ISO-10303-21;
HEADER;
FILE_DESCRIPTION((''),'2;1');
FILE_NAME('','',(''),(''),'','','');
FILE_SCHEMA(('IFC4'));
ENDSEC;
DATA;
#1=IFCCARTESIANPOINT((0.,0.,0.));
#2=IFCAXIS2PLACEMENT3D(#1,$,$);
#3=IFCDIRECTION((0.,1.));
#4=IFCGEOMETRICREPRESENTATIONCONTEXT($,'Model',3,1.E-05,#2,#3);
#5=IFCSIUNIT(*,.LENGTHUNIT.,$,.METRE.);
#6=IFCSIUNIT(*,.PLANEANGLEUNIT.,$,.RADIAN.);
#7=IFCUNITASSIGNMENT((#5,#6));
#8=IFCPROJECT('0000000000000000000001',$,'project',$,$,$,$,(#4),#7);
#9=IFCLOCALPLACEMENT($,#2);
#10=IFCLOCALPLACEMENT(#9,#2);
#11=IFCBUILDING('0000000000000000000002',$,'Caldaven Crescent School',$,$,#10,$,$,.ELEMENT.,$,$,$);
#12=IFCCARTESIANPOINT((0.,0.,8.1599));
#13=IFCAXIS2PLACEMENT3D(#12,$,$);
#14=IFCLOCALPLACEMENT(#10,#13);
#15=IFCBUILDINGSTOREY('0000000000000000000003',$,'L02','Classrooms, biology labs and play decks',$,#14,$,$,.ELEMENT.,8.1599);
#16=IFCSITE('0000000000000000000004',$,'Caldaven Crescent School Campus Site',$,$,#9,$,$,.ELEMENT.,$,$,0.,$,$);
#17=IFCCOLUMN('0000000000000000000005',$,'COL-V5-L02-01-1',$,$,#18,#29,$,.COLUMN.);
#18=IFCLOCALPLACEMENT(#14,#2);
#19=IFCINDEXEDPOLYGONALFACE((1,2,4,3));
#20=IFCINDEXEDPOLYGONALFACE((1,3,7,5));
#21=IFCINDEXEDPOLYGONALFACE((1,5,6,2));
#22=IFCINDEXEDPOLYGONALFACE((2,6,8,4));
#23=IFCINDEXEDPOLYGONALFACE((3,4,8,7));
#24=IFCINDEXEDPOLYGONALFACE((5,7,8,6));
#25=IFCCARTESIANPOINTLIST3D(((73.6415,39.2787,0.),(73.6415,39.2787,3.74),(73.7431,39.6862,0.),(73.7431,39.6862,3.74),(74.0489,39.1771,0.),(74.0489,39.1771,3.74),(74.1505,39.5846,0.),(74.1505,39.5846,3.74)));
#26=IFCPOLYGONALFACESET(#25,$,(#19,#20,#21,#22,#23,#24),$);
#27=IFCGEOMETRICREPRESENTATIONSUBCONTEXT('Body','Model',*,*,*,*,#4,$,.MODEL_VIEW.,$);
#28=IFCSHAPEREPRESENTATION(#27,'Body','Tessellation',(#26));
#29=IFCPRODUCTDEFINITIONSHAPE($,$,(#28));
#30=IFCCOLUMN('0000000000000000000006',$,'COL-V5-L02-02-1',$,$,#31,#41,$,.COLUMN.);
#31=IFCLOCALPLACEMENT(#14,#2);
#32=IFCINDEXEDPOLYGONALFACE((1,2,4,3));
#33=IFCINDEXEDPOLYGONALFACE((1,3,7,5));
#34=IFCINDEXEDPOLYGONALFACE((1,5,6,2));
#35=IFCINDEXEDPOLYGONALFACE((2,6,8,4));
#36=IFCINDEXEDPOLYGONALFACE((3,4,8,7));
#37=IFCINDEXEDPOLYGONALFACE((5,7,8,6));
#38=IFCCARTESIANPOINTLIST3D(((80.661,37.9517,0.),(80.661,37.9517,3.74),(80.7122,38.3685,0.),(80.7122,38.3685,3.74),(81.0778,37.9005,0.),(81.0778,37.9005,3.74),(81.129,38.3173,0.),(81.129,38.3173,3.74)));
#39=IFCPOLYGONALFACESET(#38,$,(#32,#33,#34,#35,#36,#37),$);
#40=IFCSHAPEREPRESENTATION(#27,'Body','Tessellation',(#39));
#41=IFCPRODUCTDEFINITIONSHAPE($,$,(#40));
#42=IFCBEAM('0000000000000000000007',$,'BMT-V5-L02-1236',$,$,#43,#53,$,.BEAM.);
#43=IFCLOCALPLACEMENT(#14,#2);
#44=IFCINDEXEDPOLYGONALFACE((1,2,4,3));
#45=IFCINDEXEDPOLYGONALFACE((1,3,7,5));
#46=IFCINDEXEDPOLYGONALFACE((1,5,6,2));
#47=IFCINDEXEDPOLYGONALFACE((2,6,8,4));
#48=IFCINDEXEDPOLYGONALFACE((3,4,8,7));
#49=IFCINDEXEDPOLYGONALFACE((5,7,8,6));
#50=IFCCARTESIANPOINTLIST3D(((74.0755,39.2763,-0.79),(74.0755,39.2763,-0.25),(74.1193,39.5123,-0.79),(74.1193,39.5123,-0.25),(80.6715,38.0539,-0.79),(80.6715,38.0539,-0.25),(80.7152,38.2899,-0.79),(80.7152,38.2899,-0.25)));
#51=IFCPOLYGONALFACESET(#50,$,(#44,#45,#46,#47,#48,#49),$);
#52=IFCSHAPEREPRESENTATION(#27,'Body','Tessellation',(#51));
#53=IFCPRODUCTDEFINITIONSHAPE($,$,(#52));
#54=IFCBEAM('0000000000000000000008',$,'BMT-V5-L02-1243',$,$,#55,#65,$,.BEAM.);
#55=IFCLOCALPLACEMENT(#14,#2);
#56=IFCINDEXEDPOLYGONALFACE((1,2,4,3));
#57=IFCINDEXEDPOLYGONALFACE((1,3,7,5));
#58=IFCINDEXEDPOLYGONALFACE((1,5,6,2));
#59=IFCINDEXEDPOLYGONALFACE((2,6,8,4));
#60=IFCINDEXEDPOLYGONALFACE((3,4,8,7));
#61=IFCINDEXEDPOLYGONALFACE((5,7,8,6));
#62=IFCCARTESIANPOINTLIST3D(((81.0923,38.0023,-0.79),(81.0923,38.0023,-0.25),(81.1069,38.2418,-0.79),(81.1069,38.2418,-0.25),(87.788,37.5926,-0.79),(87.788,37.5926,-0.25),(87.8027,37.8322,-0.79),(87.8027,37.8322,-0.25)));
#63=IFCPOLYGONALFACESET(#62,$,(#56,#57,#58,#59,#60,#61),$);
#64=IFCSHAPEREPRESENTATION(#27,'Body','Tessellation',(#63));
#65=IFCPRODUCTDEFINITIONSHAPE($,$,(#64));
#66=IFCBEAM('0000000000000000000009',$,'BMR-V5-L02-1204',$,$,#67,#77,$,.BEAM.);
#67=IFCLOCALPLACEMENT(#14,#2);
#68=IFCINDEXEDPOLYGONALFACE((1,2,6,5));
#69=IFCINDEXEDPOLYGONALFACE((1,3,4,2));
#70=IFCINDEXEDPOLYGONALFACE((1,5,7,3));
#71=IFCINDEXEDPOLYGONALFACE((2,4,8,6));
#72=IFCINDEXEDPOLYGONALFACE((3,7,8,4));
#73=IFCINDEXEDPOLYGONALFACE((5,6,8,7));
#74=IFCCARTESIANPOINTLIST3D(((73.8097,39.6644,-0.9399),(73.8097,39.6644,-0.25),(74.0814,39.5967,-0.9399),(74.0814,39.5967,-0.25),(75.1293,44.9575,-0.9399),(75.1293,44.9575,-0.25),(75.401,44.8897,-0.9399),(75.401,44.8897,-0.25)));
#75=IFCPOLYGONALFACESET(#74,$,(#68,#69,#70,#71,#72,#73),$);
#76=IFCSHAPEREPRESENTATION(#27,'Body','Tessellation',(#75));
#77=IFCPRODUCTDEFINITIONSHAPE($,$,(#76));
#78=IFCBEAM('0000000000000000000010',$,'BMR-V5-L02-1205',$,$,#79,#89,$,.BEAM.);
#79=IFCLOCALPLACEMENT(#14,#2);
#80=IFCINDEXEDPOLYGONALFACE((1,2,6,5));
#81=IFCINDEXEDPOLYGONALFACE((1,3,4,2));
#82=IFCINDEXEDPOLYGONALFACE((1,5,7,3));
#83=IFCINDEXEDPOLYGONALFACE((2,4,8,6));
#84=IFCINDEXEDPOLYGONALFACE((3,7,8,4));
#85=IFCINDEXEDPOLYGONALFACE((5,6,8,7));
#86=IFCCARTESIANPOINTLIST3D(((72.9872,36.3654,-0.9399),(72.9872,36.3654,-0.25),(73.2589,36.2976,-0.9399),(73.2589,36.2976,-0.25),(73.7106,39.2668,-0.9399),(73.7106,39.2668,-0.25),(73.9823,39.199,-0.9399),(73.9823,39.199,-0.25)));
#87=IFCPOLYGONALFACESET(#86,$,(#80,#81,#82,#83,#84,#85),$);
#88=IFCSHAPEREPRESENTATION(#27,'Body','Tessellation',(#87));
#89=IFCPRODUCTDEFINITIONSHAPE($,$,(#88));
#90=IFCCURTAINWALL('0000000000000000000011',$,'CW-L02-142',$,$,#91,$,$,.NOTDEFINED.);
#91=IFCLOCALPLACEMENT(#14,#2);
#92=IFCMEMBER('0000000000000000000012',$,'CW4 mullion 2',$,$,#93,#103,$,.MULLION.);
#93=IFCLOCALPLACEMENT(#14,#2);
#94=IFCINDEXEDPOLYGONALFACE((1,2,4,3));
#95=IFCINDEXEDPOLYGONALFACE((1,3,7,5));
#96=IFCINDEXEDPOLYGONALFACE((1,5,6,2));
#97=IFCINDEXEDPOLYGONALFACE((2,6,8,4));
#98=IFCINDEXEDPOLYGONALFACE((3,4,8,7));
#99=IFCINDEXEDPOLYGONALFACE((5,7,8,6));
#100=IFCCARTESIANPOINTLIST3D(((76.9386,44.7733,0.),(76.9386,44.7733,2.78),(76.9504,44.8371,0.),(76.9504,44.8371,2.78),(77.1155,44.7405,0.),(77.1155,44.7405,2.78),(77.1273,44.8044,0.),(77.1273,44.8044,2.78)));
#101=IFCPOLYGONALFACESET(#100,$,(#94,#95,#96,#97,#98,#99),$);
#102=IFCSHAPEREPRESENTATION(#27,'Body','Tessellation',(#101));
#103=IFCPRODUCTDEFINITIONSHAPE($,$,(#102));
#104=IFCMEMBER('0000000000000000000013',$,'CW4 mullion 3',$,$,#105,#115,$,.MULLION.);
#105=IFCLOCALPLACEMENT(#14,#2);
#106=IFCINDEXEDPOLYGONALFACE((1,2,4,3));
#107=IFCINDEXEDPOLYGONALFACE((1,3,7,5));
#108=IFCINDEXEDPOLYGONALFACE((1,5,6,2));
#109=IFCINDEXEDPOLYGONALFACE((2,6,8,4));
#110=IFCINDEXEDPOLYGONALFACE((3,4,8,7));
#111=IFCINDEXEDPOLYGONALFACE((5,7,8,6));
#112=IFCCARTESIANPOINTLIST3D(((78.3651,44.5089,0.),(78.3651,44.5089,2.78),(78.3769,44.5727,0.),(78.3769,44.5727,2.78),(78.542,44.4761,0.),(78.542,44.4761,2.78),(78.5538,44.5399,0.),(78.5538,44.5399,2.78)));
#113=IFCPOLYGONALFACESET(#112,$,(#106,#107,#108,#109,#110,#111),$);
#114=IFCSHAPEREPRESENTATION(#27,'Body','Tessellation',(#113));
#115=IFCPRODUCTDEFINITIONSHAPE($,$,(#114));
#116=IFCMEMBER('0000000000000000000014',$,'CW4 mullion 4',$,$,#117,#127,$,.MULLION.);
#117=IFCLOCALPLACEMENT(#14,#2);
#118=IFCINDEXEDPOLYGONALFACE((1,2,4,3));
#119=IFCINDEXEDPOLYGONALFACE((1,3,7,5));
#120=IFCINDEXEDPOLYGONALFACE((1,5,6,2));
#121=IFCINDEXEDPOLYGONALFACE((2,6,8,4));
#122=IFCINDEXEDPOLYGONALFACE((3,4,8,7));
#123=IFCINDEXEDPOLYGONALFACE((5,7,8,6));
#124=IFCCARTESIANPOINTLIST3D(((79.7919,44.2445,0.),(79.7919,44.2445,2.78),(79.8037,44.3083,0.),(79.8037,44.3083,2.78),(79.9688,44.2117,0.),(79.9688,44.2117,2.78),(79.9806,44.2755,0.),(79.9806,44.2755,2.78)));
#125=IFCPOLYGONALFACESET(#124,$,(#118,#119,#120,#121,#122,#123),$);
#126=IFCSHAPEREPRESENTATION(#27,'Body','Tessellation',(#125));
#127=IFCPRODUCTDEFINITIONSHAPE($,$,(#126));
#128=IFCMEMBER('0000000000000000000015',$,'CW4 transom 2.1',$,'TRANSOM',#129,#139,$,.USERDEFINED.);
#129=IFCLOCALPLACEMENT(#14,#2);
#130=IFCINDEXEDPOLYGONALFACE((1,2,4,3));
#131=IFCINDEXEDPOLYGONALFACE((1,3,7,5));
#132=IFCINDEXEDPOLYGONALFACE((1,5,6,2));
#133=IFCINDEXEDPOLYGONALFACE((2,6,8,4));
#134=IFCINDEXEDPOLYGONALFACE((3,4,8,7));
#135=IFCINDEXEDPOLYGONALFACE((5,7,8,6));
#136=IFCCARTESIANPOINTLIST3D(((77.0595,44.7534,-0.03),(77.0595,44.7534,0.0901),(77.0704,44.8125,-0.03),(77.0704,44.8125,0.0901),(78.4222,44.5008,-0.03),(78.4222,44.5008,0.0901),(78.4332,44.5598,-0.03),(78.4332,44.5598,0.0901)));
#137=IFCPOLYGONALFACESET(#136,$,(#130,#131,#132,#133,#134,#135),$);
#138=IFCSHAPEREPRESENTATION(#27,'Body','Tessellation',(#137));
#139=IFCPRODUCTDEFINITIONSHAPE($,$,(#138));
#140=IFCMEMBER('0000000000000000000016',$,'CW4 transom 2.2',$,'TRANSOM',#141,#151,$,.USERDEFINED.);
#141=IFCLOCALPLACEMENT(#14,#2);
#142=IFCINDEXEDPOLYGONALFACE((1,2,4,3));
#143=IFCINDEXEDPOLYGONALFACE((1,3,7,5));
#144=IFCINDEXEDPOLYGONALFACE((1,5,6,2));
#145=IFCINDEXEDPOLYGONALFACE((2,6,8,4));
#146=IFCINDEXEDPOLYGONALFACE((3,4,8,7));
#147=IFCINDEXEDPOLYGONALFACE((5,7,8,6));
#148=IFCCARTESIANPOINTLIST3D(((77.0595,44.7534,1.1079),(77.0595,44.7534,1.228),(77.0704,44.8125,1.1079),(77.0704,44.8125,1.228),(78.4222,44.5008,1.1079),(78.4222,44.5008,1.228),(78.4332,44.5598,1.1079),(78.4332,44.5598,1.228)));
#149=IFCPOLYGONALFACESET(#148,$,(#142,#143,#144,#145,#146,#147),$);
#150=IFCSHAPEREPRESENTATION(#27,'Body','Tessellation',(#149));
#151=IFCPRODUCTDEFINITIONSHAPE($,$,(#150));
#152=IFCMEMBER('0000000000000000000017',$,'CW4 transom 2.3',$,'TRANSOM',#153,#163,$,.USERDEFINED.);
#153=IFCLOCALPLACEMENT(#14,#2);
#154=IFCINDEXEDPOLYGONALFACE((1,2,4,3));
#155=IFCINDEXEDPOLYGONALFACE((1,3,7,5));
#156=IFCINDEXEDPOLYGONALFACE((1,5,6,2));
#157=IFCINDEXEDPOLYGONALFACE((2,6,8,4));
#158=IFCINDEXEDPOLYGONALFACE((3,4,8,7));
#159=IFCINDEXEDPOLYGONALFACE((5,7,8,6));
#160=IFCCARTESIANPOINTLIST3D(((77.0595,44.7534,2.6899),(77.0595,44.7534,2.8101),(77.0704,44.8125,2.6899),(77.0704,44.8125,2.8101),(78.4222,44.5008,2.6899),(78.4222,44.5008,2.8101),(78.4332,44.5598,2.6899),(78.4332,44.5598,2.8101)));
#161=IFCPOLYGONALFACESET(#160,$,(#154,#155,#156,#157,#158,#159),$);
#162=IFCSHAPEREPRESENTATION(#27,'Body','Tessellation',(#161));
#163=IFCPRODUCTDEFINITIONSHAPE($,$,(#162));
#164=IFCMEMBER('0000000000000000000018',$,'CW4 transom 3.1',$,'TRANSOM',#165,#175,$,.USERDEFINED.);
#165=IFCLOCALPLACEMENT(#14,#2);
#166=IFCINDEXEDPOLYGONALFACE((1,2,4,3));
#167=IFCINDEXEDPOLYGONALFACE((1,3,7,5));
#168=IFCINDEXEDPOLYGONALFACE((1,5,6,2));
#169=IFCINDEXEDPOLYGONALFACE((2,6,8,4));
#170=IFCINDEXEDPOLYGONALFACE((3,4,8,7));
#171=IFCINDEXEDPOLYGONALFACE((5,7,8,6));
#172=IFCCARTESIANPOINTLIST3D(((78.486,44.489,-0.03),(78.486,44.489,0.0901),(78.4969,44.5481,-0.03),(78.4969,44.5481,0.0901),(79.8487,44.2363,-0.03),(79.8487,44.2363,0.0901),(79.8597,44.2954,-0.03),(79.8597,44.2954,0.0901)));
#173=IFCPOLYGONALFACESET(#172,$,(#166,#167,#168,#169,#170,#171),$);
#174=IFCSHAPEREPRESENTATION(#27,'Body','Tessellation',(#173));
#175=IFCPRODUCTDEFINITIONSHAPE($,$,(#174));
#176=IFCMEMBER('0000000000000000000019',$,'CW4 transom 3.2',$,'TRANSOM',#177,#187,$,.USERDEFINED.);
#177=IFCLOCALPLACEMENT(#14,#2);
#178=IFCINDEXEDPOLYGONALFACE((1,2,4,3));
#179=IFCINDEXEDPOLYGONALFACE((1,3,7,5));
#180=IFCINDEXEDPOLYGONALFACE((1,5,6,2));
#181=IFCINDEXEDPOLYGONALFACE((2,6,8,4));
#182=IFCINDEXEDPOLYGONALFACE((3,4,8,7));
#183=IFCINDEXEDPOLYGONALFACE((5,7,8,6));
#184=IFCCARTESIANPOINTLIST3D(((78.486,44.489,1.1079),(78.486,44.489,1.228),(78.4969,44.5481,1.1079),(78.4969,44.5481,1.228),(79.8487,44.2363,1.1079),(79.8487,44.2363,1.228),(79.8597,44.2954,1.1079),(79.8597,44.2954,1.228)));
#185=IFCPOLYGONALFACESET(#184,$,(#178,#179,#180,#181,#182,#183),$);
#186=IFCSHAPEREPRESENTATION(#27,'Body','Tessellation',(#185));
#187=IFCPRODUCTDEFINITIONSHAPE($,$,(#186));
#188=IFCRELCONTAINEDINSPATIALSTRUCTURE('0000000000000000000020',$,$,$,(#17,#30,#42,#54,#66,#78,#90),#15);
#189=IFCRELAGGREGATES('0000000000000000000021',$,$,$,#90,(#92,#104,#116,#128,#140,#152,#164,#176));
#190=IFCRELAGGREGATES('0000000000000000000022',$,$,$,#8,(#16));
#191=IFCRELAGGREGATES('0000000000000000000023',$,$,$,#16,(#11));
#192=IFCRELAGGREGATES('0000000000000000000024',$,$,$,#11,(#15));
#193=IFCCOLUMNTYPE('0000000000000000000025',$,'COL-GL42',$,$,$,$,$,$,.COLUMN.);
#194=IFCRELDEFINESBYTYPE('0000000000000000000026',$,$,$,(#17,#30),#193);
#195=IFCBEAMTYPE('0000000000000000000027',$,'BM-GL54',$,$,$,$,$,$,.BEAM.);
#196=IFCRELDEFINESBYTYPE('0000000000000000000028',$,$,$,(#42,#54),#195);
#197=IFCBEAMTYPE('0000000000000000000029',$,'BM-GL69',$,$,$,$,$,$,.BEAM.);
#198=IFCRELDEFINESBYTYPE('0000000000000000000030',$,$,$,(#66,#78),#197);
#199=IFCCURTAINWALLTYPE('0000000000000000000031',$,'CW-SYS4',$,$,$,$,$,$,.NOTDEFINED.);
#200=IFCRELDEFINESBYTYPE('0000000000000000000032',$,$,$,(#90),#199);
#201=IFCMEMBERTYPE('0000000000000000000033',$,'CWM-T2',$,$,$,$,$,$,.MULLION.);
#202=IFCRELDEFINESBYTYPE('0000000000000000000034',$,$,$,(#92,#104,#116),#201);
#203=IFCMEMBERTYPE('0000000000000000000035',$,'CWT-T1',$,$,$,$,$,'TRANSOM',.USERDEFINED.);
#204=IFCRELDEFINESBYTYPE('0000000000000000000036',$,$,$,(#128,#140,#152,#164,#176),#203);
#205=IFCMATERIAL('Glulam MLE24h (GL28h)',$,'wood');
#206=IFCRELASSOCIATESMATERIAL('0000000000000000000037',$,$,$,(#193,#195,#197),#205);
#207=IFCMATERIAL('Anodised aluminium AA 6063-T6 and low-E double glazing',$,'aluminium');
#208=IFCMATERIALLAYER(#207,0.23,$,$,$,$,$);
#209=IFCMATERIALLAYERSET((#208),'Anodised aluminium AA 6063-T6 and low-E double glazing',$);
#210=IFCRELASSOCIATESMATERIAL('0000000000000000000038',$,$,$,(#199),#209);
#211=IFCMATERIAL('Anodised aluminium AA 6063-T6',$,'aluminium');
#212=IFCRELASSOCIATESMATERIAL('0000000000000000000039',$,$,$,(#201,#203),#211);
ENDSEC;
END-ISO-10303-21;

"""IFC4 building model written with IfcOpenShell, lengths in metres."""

from ifc_helpers import new_model, si_unit, direction, frame, origin, origin_2d, place, context, subcontext, project, spatial, rectangle, extrude, material, layer, layer_set, material_profile, profile_set, type_object, element, aggregate, save


model = new_model("IFC4")

# Units and contexts
model_context = context("Model", 3, precision=1e-05, world=origin(), true_north=direction((0.0, 1.0)))
body_context = subcontext(model_context, "Body", "Model", "MODEL_VIEW")
ifc_project = project(units=[si_unit("LENGTHUNIT", "METRE"), si_unit("PLANEANGLEUNIT", "RADIAN")], contexts=[model_context])

# Site, building, storey
site_placement = place(None, origin())
site = spatial("IfcSite", under=ifc_project, at=site_placement, Name="Caldaven Crescent School Campus Site", CompositionType="ELEMENT", RefElevation=0.0)
building_placement = place(site_placement, origin())
building = spatial("IfcBuilding", under=site, at=building_placement, Name="Caldaven Crescent School", CompositionType="ELEMENT")
storey_placement = place(building_placement, frame((0.0, 0.0, 8.1599)))
storey = spatial("IfcBuildingStorey", under=building, at=storey_placement, Name="L02", Description="Classrooms, biology labs and play decks", CompositionType="ELEMENT", Elevation=8.1599)

# Columns
ifc_material_1 = material(Name="Glulam MLE24h (GL28h)", Category="wood")
ifc_material_profile_1 = material_profile(ifc_material_1, rectangle(XDim=0.4199, YDim=0.4199, at=origin_2d()), Name="MLE 420x420")
ifc_profile_set_1 = profile_set([ifc_material_profile_1], Name="Glulam MLE24h (GL28h)")
column_type = type_object("IfcColumnType", Name="COL-GL42", PredefinedType="COLUMN", material=ifc_profile_set_1)
for number, where, z_axis, x_axis, name in (
    (1, (73.896, 39.4316, 0.0), (0.0, 0.0, 1.0), (-0.241922, -0.970296, 0.0), "COL-V5-L02-01-1"),
    (2, (80.895, 38.1345, 0.0), (0.0, 0.0, 1.0), (-0.121869, -0.992546, 0.0), "COL-V5-L02-02-1"),
):
    element("IfcColumn", number, at=place(storey_placement, frame(where, z_axis=z_axis, x_axis=x_axis)), inside=storey, type_object=column_type, Name=name, PredefinedType="COLUMN", context=body_context, shape_type="SweptSolid", body=[
        extrude(rectangle(XDim=0.4199, YDim=0.4199, at=origin_2d()), origin(), (0.0, 0.0, 1.0), 3.74),
    ])

# Beams
ifc_material_profile_2 = material_profile(ifc_material_1, rectangle(XDim=0.24, YDim=0.54, at=origin_2d()), Name="MLE 240x540")
ifc_profile_set_2 = profile_set([ifc_material_profile_2], Name="Glulam MLE24h (GL28h)")
beam_type_1 = type_object("IfcBeamType", Name="BM-GL54", PredefinedType="BEAM", material=ifc_profile_set_2)
for number, where, z_axis, x_axis, name in (
    (3, (74.0974, 39.3943, -0.52), (0.983257, -0.182225, 0.0), (0.182225, 0.983257, 0.0), "BMT-V5-L02-1236"),
    (4, (81.0996, 38.1221, -0.52), (0.998134, -0.061069, 0.0), (0.061069, 0.998134, 0.0), "BMT-V5-L02-1243"),
):
    element("IfcBeam", number, at=place(storey_placement, frame(where, z_axis=z_axis, x_axis=x_axis)), inside=storey, type_object=beam_type_1, Name=name, PredefinedType="BEAM", context=body_context, shape_type="SweptSolid", body=[
        extrude(rectangle(XDim=0.24, YDim=0.54, at=origin_2d()), origin(), (0.0, 0.0, 1.0), 6.7083),
    ])
ifc_material_profile_3 = material_profile(ifc_material_1, rectangle(XDim=0.28, YDim=0.6899, at=origin_2d()), Name="MLE 280x690")
ifc_profile_set_3 = profile_set([ifc_material_profile_3], Name="Glulam MLE24h (GL28h)")
beam_type_2 = type_object("IfcBeamType", Name="BM-GL69", PredefinedType="BEAM", material=ifc_profile_set_3)
beam_1_placement = place(storey_placement, frame((75.2651, 44.9236, -0.595), z_axis=(-0.241904, -0.9703, 0.0), x_axis=(0.9703, -0.241904, 0.0)))
element("IfcBeam", 5, at=beam_1_placement, inside=storey, type_object=beam_type_2, Name="BMR-V5-L02-1204", PredefinedType="BEAM", context=body_context, shape_type="SweptSolid", body=[
    extrude(rectangle(XDim=0.28, YDim=0.6899, at=origin_2d()), origin(), (0.0, 0.0, 1.0), 5.4551),
])
beam_2_placement = place(storey_placement, frame((73.8464, 39.2329, -0.595), z_axis=(-0.241921, -0.970296, 0.0), x_axis=(0.970296, -0.241921, 0.0)))
element("IfcBeam", 6, at=beam_2_placement, inside=storey, type_object=beam_type_2, Name="BMR-V5-L02-1205", PredefinedType="BEAM", context=body_context, shape_type="SweptSolid", body=[
    extrude(rectangle(XDim=0.28, YDim=0.6899, at=origin_2d()), origin(), (0.0, 0.0, 1.0), 2.9902),
])

# Curtain wall, members
ifc_material_2 = material(Name="Anodised aluminium AA 6063-T6 and low-E double glazing", Category="aluminium")
ifc_layer_1 = layer(ifc_material_2, 0.23)
ifc_layer_set_1 = layer_set([ifc_layer_1], Name="Anodised aluminium AA 6063-T6 and low-E double glazing")
curtain_wall_type = type_object("IfcCurtainWallType", Name="CW-SYS4", PredefinedType="NOTDEFINED", material=ifc_layer_set_1)
curtain_wall_placement = place(storey_placement, origin())
curtain_wall = element("IfcCurtainWall", 7, at=curtain_wall_placement, inside=storey, type_object=curtain_wall_type, Name="CW-L02-142", PredefinedType="NOTDEFINED")
ifc_material_3 = material(Name="Anodised aluminium AA 6063-T6", Category="aluminium")
ifc_material_profile_4 = material_profile(ifc_material_3, rectangle(XDim=0.0649, YDim=0.1799, at=origin_2d()), Name="CWM 65x180")
ifc_profile_set_4 = profile_set([ifc_material_profile_4], Name="Anodised aluminium AA 6063-T6")
member_type_1 = type_object("IfcMemberType", Name="CWM-T2", PredefinedType="MULLION", material=ifc_profile_set_4)
member_1_placement = place(storey_placement, frame((77.033, 44.7888, 0.0), z_axis=(0.0, 0.0, 1.0), x_axis=(0.182236, 0.983255, 0.0)))
member_1 = element("IfcMember", 8, at=member_1_placement, type_object=member_type_1, Name="CW4 mullion 2", PredefinedType="MULLION", context=body_context, shape_type="SweptSolid", body=[
    extrude(rectangle(XDim=0.0649, YDim=0.1799, at=origin_2d()), origin(), (0.0, 0.0, 1.0), 2.78),
])
member_2_placement = place(storey_placement, frame((78.4595, 44.5244, 0.0), z_axis=(0.0, 0.0, 1.0), x_axis=(0.182236, 0.983255, 0.0)))
member_2 = element("IfcMember", 9, at=member_2_placement, type_object=member_type_1, Name="CW4 mullion 3", PredefinedType="MULLION", context=body_context, shape_type="SweptSolid", body=[
    extrude(rectangle(XDim=0.0649, YDim=0.1799, at=origin_2d()), origin(), (0.0, 0.0, 1.0), 2.78),
])
member_3_placement = place(storey_placement, frame((79.8862, 44.26, 0.0), z_axis=(0.0, 0.0, 1.0), x_axis=(0.182236, 0.983255, 0.0)))
member_3 = element("IfcMember", 10, at=member_3_placement, type_object=member_type_1, Name="CW4 mullion 4", PredefinedType="MULLION", context=body_context, shape_type="SweptSolid", body=[
    extrude(rectangle(XDim=0.0649, YDim=0.1799, at=origin_2d()), origin(), (0.0, 0.0, 1.0), 2.78),
])
ifc_material_profile_5 = material_profile(ifc_material_3, rectangle(XDim=0.0601, YDim=0.1201, at=origin_2d()), Name="CWT 60x120")
ifc_profile_set_5 = profile_set([ifc_material_profile_5], Name="Anodised aluminium AA 6063-T6")
member_type_2 = type_object("IfcMemberType", Name="CWT-T1", ElementType="TRANSOM", PredefinedType="USERDEFINED", material=ifc_profile_set_5)
member_4_placement = place(storey_placement, frame((77.0649, 44.783, 0.03), z_axis=(0.983241, -0.18231, 0.0), x_axis=(0.18231, 0.983241, 0.0)))
member_4 = element("IfcMember", 11, at=member_4_placement, type_object=member_type_2, Name="CW4 transom 2.1", ObjectType="TRANSOM", PredefinedType="USERDEFINED", context=body_context, shape_type="SweptSolid", body=[
    extrude(rectangle(XDim=0.0601, YDim=0.1201, at=origin_2d()), origin(), (0.0, 0.0, 1.0), 1.386),
])
member_5_placement = place(storey_placement, frame((77.0649, 44.783, 1.168), z_axis=(0.983241, -0.18231, 0.0), x_axis=(0.18231, 0.983241, 0.0)))
member_5 = element("IfcMember", 12, at=member_5_placement, type_object=member_type_2, Name="CW4 transom 2.2", ObjectType="TRANSOM", PredefinedType="USERDEFINED", context=body_context, shape_type="SweptSolid", body=[
    extrude(rectangle(XDim=0.0601, YDim=0.1201, at=origin_2d()), origin(), (0.0, 0.0, 1.0), 1.386),
])
member_6_placement = place(storey_placement, frame((77.0649, 44.783, 2.75), z_axis=(0.983241, -0.18231, 0.0), x_axis=(0.18231, 0.983241, 0.0)))
member_6 = element("IfcMember", 13, at=member_6_placement, type_object=member_type_2, Name="CW4 transom 2.3", ObjectType="TRANSOM", PredefinedType="USERDEFINED", context=body_context, shape_type="SweptSolid", body=[
    extrude(rectangle(XDim=0.0601, YDim=0.1201, at=origin_2d()), origin(), (0.0, 0.0, 1.0), 1.386),
])
member_7_placement = place(storey_placement, frame((78.4915, 44.5186, 0.03), z_axis=(0.983241, -0.18231, 0.0), x_axis=(0.18231, 0.983241, 0.0)))
member_7 = element("IfcMember", 14, at=member_7_placement, type_object=member_type_2, Name="CW4 transom 3.1", ObjectType="TRANSOM", PredefinedType="USERDEFINED", context=body_context, shape_type="SweptSolid", body=[
    extrude(rectangle(XDim=0.0601, YDim=0.1201, at=origin_2d()), origin(), (0.0, 0.0, 1.0), 1.386),
])
member_8_placement = place(storey_placement, frame((78.4915, 44.5186, 1.168), z_axis=(0.983241, -0.18231, 0.0), x_axis=(0.18231, 0.983241, 0.0)))
member_8 = element("IfcMember", 15, at=member_8_placement, type_object=member_type_2, Name="CW4 transom 3.2", ObjectType="TRANSOM", PredefinedType="USERDEFINED", context=body_context, shape_type="SweptSolid", body=[
    extrude(rectangle(XDim=0.0601, YDim=0.1201, at=origin_2d()), origin(), (0.0, 0.0, 1.0), 1.386),
])
aggregate(curtain_wall, [member_1, member_2, member_3, member_4, member_5, member_6, member_7, member_8])

save(model, "model.ifc")
